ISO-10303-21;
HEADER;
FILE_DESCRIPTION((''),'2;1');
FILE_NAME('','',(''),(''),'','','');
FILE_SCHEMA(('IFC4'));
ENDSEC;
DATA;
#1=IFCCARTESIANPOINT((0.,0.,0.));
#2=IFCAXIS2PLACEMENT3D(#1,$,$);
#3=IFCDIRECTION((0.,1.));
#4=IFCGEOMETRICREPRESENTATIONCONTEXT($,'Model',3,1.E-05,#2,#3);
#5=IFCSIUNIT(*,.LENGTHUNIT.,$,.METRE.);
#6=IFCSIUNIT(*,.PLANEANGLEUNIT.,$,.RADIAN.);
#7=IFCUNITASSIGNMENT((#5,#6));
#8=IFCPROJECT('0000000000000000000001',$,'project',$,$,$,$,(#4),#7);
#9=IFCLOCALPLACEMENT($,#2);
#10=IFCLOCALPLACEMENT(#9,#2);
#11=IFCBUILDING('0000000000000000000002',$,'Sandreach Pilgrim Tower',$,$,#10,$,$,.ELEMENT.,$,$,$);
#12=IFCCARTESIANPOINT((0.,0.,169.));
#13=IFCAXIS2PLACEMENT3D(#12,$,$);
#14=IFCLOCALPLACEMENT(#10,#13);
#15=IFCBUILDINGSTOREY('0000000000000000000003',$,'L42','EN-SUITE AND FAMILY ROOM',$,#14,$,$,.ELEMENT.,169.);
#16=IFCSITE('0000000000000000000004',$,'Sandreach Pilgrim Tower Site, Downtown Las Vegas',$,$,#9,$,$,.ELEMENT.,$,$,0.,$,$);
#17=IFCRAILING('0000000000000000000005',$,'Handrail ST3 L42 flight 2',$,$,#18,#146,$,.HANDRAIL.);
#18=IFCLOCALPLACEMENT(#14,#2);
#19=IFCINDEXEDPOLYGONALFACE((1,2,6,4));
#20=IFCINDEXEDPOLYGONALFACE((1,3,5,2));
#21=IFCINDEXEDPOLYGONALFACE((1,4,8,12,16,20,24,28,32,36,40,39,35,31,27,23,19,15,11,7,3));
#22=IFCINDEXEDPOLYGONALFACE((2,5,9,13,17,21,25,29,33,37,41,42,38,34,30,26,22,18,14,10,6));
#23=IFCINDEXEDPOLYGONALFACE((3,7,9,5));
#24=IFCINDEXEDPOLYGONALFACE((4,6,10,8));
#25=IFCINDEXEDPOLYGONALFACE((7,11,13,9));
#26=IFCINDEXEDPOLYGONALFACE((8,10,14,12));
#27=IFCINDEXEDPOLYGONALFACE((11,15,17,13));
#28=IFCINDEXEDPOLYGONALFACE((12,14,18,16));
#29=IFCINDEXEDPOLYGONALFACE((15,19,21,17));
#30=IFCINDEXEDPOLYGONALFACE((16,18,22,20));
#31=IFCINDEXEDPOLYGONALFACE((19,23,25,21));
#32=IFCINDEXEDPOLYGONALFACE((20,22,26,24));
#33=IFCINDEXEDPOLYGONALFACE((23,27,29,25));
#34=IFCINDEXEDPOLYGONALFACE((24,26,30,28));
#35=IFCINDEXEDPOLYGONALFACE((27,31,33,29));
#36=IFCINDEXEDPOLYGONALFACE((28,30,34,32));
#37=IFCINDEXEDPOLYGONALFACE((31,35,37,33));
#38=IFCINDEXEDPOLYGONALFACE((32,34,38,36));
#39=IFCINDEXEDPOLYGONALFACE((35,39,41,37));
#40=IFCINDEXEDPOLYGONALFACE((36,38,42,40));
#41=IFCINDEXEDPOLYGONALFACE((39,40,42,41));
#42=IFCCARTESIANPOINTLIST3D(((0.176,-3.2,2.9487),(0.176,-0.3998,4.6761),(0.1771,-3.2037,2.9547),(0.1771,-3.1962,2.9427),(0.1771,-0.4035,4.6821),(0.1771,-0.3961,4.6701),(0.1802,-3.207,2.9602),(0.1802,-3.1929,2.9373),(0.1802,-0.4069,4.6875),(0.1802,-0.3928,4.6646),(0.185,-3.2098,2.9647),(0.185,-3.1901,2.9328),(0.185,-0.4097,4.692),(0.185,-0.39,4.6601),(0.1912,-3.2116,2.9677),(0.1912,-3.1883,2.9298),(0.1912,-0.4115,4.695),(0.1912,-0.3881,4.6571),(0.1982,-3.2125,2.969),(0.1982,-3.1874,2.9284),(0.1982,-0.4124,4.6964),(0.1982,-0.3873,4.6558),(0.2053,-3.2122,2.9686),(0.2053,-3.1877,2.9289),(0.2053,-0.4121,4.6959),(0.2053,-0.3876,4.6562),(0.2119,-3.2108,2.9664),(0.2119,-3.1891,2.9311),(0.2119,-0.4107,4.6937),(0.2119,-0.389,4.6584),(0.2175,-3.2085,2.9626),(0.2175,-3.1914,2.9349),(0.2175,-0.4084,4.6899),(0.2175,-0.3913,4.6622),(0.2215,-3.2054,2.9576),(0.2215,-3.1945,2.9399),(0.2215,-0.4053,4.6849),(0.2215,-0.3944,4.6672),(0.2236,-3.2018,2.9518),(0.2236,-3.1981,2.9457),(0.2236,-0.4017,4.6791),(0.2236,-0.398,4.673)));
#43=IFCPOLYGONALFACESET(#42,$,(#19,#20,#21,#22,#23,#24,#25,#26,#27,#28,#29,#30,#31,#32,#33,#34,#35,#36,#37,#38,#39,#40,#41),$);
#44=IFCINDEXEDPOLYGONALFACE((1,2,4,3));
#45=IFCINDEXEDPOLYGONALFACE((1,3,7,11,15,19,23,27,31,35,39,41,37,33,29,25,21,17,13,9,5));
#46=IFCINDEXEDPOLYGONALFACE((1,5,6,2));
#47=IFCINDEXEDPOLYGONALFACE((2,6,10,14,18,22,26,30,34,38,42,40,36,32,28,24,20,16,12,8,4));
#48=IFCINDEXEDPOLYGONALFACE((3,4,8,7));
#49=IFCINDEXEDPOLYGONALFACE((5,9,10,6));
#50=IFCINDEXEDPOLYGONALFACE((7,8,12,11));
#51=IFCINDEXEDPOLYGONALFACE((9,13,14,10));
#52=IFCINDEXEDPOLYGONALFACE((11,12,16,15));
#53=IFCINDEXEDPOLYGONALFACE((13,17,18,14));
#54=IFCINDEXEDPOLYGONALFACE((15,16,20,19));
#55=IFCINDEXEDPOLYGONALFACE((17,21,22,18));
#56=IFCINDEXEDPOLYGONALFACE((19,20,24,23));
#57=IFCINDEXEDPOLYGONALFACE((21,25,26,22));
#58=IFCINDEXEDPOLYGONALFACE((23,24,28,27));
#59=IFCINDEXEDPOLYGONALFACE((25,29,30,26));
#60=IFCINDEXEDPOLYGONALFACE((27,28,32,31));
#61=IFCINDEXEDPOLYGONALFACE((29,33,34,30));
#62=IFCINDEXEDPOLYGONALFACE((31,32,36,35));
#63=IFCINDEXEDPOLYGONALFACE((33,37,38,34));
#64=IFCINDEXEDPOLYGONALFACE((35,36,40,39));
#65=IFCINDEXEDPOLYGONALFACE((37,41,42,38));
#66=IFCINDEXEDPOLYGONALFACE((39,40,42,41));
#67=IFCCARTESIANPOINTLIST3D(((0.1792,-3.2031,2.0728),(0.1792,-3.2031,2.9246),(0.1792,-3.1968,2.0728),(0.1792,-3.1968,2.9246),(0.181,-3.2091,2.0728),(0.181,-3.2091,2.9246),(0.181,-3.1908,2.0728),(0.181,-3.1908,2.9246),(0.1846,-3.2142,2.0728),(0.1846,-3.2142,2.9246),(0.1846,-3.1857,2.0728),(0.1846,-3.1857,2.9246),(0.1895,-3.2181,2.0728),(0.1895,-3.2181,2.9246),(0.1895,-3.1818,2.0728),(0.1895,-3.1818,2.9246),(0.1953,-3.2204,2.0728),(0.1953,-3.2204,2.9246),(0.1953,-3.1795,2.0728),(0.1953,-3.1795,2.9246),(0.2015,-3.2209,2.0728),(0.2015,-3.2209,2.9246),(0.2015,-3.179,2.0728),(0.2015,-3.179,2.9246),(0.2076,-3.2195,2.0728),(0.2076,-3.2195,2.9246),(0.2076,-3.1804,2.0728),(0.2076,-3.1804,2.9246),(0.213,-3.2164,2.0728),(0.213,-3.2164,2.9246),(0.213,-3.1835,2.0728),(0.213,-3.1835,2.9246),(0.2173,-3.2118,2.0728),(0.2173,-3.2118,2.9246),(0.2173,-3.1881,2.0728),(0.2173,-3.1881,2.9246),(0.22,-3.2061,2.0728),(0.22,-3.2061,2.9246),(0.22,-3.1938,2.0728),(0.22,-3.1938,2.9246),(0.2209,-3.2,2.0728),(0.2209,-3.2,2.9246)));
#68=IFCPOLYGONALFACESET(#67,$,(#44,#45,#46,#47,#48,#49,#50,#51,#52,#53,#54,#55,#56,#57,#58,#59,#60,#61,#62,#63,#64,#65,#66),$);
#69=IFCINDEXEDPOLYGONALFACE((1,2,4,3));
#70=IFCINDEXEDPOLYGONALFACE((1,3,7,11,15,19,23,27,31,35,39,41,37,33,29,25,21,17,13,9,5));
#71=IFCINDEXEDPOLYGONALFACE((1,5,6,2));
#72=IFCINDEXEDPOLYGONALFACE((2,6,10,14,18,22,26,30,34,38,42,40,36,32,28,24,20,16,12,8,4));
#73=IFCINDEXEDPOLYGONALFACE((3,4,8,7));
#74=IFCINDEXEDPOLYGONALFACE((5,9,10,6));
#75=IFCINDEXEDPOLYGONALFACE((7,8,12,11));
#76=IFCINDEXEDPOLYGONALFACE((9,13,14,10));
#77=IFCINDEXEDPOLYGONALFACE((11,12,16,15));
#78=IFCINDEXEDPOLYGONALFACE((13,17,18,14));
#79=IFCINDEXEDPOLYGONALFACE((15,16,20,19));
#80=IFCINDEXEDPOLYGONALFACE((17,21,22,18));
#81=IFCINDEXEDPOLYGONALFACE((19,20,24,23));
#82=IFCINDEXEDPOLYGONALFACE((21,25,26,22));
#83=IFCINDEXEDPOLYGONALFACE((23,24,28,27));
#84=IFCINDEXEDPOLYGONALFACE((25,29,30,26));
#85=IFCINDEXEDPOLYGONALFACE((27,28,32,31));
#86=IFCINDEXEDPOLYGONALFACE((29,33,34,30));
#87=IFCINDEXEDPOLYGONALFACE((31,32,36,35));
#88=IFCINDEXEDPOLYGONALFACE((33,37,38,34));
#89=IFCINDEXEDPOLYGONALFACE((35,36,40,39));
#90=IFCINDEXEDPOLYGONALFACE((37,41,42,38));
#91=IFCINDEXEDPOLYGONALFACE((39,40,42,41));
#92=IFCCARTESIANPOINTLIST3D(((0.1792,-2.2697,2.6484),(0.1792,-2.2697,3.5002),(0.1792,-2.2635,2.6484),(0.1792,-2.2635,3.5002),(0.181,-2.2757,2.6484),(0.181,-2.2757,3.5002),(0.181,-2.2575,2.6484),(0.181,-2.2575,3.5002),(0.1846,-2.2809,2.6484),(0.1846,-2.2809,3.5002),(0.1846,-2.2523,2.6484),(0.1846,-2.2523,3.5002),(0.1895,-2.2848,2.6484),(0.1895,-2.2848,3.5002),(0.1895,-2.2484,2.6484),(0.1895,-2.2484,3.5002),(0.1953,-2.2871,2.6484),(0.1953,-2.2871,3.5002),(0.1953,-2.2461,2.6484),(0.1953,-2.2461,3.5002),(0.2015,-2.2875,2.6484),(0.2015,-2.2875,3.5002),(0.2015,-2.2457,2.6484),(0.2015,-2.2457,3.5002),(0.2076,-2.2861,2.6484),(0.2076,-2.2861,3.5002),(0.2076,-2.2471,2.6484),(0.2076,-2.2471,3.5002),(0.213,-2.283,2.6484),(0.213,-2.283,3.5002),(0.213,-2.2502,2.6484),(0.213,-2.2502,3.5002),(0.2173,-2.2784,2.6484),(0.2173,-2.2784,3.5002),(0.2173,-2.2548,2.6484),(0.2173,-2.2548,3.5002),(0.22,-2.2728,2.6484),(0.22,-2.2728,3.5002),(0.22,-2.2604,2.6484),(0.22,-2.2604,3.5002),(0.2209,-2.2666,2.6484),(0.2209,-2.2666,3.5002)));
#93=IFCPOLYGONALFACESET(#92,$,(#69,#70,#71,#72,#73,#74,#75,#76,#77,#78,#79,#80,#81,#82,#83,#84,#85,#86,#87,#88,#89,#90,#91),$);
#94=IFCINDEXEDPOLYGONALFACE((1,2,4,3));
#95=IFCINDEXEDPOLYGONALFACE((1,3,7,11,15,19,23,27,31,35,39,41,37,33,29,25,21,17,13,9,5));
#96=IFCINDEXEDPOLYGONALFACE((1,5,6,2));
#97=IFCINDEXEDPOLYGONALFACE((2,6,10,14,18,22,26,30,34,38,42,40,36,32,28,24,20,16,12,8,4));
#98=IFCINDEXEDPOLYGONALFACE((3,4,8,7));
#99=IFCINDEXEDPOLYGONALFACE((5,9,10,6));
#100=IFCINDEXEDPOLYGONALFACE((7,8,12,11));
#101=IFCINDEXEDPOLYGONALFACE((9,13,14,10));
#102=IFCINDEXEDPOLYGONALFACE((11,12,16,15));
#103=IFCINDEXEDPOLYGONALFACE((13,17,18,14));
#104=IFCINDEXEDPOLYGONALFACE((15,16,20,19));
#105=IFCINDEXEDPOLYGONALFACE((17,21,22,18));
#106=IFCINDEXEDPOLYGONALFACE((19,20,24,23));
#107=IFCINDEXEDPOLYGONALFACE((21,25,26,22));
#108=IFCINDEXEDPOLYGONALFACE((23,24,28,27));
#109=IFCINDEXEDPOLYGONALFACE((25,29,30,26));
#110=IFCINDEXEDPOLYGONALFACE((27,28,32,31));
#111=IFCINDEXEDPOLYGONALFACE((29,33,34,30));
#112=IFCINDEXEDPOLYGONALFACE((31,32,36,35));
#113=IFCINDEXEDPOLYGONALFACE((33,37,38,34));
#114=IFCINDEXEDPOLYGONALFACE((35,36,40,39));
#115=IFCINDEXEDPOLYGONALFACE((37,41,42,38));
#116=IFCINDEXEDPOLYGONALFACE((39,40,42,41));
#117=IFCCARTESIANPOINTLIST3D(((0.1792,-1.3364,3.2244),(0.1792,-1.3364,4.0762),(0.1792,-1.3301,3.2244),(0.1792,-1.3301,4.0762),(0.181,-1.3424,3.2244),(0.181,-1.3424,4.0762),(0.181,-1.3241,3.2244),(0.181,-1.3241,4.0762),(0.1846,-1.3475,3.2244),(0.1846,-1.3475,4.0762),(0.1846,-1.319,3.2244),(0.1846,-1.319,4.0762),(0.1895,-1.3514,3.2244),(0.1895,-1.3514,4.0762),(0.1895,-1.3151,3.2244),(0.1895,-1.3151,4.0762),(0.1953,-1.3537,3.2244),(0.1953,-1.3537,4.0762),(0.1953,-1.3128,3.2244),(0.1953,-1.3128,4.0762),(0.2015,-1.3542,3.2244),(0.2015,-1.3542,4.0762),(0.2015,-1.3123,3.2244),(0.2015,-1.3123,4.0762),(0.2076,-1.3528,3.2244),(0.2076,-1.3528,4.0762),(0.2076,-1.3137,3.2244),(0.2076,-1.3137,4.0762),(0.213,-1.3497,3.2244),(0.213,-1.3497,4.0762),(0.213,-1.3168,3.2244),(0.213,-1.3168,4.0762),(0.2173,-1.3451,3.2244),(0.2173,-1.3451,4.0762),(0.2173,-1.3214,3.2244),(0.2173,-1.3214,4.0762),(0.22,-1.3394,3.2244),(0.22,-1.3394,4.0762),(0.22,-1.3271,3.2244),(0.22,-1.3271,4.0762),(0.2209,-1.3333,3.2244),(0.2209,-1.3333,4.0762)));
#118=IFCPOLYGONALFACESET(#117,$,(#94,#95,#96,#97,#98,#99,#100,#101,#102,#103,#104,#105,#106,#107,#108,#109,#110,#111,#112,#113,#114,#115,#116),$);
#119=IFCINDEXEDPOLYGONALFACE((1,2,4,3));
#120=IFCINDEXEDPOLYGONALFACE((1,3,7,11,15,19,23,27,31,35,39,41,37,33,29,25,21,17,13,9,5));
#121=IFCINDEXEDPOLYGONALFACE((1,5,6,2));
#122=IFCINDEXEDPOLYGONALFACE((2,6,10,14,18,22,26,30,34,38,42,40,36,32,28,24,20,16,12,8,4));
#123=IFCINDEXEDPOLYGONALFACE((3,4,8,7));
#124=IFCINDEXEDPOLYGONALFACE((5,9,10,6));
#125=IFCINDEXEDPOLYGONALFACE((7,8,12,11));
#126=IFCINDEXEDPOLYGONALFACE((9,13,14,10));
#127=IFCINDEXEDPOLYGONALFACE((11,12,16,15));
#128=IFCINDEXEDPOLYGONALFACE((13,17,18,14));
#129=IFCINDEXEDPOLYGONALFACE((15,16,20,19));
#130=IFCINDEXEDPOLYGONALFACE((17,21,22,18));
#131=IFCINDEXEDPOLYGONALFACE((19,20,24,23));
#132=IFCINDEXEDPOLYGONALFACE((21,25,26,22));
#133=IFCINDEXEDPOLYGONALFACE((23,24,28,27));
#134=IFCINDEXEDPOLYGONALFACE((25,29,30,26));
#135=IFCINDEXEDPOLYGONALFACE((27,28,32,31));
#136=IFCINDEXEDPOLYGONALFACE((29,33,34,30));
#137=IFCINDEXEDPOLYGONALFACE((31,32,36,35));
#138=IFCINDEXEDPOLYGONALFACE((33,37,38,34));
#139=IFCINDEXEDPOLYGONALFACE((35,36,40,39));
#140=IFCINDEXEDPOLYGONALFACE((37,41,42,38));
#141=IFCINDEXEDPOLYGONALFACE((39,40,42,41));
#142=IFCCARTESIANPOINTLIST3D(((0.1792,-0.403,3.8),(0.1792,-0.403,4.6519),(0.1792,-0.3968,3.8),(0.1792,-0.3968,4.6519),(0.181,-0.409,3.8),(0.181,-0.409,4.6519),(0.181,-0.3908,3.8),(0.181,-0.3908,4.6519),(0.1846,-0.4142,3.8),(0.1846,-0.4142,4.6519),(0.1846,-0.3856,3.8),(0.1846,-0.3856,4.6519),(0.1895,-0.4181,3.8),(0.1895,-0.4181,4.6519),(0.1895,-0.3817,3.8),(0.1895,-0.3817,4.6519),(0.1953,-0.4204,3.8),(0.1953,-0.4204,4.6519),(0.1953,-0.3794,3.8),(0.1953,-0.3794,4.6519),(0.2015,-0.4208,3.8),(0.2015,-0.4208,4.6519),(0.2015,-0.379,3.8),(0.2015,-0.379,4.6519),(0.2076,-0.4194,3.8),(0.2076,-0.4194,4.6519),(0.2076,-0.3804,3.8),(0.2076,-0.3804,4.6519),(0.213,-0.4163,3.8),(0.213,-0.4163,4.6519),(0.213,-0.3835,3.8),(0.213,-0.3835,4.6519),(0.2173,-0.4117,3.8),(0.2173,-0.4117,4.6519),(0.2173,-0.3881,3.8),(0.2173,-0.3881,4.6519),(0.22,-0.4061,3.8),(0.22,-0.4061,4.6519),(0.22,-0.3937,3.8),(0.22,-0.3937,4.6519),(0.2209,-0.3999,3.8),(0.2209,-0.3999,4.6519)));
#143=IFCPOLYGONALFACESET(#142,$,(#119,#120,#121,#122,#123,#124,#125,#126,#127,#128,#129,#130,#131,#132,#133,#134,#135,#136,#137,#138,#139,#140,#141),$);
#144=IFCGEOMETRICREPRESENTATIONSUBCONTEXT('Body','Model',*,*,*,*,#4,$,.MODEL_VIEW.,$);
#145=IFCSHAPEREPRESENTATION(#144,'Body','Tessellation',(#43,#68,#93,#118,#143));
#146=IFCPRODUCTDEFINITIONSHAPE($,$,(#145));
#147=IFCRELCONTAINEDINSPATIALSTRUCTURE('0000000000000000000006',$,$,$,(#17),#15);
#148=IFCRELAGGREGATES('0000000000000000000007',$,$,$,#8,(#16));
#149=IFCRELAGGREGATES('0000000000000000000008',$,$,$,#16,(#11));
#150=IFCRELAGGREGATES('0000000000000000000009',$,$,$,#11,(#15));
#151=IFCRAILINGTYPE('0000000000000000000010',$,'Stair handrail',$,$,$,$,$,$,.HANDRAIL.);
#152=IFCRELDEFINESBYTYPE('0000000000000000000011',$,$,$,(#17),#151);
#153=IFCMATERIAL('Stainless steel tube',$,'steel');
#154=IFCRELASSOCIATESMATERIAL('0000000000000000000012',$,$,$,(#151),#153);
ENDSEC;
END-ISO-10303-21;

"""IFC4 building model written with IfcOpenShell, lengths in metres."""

from ifc_helpers import new_model, si_unit, direction, frame, origin, origin_2d, place, context, subcontext, project, spatial, circle, extrude, material, type_object, element, save


model = new_model("IFC4")

# Units and contexts
model_context = context("Model", 3, precision=1e-05, world=origin(), true_north=direction((0.0, 1.0)))
body_context = subcontext(model_context, "Body", "Model", "MODEL_VIEW")
ifc_project = project(units=[si_unit("LENGTHUNIT", "METRE"), si_unit("PLANEANGLEUNIT", "RADIAN")], contexts=[model_context])

# Site, building, storey
site_placement = place(None, origin())
site = spatial("IfcSite", under=ifc_project, at=site_placement, Name="Sandreach Pilgrim Tower Site, Downtown Las Vegas", CompositionType="ELEMENT", RefElevation=0.0)
building_placement = place(site_placement, origin())
building = spatial("IfcBuilding", under=site, at=building_placement, Name="Sandreach Pilgrim Tower", CompositionType="ELEMENT")
storey_placement = place(building_placement, frame((0.0, 0.0, 169.0)))
storey = spatial("IfcBuildingStorey", under=building, at=storey_placement, Name="L42", Description="EN-SUITE AND FAMILY ROOM", CompositionType="ELEMENT", Elevation=169.0)

# Railing
ifc_material_1 = material(Name="Stainless steel tube", Category="steel")
railing_type = type_object("IfcRailingType", Name="Stair handrail", PredefinedType="HANDRAIL", material=ifc_material_1)
for number, where, name in (
    (1, (0.2, -3.2, 2.0728), "Handrail ST3 L42 flight 2"),
):
    element("IfcRailing", number, at=place(storey_placement, frame(where)), inside=storey, type_object=railing_type, Name=name, PredefinedType="HANDRAIL", context=body_context, shape_type="SweptSolid", body=[
        extrude(circle(Radius=0.0239, at=origin_2d()), frame((0.0, 0.0, 0.876), z_axis=(0.0, 0.85109, 0.52502), x_axis=(-1.0, 0.0, 0.0)), (0.0, 0.0, 1.0), 3.29),
        extrude(circle(Radius=0.021, at=origin_2d()), origin(), (0.0, 0.0, 1.0), 0.8518),
        extrude(circle(Radius=0.021, at=origin_2d()), frame((0.0, 0.9333, 0.5757)), (0.0, 0.0, 1.0), 0.8518),
        extrude(circle(Radius=0.021, at=origin_2d()), frame((0.0, 1.8667, 1.1516)), (0.0, 0.0, 1.0), 0.8518),
        extrude(circle(Radius=0.021, at=origin_2d()), frame((0.0, 2.8, 1.7273)), (0.0, 0.0, 1.0), 0.8518),
    ])

save(model, "model.ifc")
